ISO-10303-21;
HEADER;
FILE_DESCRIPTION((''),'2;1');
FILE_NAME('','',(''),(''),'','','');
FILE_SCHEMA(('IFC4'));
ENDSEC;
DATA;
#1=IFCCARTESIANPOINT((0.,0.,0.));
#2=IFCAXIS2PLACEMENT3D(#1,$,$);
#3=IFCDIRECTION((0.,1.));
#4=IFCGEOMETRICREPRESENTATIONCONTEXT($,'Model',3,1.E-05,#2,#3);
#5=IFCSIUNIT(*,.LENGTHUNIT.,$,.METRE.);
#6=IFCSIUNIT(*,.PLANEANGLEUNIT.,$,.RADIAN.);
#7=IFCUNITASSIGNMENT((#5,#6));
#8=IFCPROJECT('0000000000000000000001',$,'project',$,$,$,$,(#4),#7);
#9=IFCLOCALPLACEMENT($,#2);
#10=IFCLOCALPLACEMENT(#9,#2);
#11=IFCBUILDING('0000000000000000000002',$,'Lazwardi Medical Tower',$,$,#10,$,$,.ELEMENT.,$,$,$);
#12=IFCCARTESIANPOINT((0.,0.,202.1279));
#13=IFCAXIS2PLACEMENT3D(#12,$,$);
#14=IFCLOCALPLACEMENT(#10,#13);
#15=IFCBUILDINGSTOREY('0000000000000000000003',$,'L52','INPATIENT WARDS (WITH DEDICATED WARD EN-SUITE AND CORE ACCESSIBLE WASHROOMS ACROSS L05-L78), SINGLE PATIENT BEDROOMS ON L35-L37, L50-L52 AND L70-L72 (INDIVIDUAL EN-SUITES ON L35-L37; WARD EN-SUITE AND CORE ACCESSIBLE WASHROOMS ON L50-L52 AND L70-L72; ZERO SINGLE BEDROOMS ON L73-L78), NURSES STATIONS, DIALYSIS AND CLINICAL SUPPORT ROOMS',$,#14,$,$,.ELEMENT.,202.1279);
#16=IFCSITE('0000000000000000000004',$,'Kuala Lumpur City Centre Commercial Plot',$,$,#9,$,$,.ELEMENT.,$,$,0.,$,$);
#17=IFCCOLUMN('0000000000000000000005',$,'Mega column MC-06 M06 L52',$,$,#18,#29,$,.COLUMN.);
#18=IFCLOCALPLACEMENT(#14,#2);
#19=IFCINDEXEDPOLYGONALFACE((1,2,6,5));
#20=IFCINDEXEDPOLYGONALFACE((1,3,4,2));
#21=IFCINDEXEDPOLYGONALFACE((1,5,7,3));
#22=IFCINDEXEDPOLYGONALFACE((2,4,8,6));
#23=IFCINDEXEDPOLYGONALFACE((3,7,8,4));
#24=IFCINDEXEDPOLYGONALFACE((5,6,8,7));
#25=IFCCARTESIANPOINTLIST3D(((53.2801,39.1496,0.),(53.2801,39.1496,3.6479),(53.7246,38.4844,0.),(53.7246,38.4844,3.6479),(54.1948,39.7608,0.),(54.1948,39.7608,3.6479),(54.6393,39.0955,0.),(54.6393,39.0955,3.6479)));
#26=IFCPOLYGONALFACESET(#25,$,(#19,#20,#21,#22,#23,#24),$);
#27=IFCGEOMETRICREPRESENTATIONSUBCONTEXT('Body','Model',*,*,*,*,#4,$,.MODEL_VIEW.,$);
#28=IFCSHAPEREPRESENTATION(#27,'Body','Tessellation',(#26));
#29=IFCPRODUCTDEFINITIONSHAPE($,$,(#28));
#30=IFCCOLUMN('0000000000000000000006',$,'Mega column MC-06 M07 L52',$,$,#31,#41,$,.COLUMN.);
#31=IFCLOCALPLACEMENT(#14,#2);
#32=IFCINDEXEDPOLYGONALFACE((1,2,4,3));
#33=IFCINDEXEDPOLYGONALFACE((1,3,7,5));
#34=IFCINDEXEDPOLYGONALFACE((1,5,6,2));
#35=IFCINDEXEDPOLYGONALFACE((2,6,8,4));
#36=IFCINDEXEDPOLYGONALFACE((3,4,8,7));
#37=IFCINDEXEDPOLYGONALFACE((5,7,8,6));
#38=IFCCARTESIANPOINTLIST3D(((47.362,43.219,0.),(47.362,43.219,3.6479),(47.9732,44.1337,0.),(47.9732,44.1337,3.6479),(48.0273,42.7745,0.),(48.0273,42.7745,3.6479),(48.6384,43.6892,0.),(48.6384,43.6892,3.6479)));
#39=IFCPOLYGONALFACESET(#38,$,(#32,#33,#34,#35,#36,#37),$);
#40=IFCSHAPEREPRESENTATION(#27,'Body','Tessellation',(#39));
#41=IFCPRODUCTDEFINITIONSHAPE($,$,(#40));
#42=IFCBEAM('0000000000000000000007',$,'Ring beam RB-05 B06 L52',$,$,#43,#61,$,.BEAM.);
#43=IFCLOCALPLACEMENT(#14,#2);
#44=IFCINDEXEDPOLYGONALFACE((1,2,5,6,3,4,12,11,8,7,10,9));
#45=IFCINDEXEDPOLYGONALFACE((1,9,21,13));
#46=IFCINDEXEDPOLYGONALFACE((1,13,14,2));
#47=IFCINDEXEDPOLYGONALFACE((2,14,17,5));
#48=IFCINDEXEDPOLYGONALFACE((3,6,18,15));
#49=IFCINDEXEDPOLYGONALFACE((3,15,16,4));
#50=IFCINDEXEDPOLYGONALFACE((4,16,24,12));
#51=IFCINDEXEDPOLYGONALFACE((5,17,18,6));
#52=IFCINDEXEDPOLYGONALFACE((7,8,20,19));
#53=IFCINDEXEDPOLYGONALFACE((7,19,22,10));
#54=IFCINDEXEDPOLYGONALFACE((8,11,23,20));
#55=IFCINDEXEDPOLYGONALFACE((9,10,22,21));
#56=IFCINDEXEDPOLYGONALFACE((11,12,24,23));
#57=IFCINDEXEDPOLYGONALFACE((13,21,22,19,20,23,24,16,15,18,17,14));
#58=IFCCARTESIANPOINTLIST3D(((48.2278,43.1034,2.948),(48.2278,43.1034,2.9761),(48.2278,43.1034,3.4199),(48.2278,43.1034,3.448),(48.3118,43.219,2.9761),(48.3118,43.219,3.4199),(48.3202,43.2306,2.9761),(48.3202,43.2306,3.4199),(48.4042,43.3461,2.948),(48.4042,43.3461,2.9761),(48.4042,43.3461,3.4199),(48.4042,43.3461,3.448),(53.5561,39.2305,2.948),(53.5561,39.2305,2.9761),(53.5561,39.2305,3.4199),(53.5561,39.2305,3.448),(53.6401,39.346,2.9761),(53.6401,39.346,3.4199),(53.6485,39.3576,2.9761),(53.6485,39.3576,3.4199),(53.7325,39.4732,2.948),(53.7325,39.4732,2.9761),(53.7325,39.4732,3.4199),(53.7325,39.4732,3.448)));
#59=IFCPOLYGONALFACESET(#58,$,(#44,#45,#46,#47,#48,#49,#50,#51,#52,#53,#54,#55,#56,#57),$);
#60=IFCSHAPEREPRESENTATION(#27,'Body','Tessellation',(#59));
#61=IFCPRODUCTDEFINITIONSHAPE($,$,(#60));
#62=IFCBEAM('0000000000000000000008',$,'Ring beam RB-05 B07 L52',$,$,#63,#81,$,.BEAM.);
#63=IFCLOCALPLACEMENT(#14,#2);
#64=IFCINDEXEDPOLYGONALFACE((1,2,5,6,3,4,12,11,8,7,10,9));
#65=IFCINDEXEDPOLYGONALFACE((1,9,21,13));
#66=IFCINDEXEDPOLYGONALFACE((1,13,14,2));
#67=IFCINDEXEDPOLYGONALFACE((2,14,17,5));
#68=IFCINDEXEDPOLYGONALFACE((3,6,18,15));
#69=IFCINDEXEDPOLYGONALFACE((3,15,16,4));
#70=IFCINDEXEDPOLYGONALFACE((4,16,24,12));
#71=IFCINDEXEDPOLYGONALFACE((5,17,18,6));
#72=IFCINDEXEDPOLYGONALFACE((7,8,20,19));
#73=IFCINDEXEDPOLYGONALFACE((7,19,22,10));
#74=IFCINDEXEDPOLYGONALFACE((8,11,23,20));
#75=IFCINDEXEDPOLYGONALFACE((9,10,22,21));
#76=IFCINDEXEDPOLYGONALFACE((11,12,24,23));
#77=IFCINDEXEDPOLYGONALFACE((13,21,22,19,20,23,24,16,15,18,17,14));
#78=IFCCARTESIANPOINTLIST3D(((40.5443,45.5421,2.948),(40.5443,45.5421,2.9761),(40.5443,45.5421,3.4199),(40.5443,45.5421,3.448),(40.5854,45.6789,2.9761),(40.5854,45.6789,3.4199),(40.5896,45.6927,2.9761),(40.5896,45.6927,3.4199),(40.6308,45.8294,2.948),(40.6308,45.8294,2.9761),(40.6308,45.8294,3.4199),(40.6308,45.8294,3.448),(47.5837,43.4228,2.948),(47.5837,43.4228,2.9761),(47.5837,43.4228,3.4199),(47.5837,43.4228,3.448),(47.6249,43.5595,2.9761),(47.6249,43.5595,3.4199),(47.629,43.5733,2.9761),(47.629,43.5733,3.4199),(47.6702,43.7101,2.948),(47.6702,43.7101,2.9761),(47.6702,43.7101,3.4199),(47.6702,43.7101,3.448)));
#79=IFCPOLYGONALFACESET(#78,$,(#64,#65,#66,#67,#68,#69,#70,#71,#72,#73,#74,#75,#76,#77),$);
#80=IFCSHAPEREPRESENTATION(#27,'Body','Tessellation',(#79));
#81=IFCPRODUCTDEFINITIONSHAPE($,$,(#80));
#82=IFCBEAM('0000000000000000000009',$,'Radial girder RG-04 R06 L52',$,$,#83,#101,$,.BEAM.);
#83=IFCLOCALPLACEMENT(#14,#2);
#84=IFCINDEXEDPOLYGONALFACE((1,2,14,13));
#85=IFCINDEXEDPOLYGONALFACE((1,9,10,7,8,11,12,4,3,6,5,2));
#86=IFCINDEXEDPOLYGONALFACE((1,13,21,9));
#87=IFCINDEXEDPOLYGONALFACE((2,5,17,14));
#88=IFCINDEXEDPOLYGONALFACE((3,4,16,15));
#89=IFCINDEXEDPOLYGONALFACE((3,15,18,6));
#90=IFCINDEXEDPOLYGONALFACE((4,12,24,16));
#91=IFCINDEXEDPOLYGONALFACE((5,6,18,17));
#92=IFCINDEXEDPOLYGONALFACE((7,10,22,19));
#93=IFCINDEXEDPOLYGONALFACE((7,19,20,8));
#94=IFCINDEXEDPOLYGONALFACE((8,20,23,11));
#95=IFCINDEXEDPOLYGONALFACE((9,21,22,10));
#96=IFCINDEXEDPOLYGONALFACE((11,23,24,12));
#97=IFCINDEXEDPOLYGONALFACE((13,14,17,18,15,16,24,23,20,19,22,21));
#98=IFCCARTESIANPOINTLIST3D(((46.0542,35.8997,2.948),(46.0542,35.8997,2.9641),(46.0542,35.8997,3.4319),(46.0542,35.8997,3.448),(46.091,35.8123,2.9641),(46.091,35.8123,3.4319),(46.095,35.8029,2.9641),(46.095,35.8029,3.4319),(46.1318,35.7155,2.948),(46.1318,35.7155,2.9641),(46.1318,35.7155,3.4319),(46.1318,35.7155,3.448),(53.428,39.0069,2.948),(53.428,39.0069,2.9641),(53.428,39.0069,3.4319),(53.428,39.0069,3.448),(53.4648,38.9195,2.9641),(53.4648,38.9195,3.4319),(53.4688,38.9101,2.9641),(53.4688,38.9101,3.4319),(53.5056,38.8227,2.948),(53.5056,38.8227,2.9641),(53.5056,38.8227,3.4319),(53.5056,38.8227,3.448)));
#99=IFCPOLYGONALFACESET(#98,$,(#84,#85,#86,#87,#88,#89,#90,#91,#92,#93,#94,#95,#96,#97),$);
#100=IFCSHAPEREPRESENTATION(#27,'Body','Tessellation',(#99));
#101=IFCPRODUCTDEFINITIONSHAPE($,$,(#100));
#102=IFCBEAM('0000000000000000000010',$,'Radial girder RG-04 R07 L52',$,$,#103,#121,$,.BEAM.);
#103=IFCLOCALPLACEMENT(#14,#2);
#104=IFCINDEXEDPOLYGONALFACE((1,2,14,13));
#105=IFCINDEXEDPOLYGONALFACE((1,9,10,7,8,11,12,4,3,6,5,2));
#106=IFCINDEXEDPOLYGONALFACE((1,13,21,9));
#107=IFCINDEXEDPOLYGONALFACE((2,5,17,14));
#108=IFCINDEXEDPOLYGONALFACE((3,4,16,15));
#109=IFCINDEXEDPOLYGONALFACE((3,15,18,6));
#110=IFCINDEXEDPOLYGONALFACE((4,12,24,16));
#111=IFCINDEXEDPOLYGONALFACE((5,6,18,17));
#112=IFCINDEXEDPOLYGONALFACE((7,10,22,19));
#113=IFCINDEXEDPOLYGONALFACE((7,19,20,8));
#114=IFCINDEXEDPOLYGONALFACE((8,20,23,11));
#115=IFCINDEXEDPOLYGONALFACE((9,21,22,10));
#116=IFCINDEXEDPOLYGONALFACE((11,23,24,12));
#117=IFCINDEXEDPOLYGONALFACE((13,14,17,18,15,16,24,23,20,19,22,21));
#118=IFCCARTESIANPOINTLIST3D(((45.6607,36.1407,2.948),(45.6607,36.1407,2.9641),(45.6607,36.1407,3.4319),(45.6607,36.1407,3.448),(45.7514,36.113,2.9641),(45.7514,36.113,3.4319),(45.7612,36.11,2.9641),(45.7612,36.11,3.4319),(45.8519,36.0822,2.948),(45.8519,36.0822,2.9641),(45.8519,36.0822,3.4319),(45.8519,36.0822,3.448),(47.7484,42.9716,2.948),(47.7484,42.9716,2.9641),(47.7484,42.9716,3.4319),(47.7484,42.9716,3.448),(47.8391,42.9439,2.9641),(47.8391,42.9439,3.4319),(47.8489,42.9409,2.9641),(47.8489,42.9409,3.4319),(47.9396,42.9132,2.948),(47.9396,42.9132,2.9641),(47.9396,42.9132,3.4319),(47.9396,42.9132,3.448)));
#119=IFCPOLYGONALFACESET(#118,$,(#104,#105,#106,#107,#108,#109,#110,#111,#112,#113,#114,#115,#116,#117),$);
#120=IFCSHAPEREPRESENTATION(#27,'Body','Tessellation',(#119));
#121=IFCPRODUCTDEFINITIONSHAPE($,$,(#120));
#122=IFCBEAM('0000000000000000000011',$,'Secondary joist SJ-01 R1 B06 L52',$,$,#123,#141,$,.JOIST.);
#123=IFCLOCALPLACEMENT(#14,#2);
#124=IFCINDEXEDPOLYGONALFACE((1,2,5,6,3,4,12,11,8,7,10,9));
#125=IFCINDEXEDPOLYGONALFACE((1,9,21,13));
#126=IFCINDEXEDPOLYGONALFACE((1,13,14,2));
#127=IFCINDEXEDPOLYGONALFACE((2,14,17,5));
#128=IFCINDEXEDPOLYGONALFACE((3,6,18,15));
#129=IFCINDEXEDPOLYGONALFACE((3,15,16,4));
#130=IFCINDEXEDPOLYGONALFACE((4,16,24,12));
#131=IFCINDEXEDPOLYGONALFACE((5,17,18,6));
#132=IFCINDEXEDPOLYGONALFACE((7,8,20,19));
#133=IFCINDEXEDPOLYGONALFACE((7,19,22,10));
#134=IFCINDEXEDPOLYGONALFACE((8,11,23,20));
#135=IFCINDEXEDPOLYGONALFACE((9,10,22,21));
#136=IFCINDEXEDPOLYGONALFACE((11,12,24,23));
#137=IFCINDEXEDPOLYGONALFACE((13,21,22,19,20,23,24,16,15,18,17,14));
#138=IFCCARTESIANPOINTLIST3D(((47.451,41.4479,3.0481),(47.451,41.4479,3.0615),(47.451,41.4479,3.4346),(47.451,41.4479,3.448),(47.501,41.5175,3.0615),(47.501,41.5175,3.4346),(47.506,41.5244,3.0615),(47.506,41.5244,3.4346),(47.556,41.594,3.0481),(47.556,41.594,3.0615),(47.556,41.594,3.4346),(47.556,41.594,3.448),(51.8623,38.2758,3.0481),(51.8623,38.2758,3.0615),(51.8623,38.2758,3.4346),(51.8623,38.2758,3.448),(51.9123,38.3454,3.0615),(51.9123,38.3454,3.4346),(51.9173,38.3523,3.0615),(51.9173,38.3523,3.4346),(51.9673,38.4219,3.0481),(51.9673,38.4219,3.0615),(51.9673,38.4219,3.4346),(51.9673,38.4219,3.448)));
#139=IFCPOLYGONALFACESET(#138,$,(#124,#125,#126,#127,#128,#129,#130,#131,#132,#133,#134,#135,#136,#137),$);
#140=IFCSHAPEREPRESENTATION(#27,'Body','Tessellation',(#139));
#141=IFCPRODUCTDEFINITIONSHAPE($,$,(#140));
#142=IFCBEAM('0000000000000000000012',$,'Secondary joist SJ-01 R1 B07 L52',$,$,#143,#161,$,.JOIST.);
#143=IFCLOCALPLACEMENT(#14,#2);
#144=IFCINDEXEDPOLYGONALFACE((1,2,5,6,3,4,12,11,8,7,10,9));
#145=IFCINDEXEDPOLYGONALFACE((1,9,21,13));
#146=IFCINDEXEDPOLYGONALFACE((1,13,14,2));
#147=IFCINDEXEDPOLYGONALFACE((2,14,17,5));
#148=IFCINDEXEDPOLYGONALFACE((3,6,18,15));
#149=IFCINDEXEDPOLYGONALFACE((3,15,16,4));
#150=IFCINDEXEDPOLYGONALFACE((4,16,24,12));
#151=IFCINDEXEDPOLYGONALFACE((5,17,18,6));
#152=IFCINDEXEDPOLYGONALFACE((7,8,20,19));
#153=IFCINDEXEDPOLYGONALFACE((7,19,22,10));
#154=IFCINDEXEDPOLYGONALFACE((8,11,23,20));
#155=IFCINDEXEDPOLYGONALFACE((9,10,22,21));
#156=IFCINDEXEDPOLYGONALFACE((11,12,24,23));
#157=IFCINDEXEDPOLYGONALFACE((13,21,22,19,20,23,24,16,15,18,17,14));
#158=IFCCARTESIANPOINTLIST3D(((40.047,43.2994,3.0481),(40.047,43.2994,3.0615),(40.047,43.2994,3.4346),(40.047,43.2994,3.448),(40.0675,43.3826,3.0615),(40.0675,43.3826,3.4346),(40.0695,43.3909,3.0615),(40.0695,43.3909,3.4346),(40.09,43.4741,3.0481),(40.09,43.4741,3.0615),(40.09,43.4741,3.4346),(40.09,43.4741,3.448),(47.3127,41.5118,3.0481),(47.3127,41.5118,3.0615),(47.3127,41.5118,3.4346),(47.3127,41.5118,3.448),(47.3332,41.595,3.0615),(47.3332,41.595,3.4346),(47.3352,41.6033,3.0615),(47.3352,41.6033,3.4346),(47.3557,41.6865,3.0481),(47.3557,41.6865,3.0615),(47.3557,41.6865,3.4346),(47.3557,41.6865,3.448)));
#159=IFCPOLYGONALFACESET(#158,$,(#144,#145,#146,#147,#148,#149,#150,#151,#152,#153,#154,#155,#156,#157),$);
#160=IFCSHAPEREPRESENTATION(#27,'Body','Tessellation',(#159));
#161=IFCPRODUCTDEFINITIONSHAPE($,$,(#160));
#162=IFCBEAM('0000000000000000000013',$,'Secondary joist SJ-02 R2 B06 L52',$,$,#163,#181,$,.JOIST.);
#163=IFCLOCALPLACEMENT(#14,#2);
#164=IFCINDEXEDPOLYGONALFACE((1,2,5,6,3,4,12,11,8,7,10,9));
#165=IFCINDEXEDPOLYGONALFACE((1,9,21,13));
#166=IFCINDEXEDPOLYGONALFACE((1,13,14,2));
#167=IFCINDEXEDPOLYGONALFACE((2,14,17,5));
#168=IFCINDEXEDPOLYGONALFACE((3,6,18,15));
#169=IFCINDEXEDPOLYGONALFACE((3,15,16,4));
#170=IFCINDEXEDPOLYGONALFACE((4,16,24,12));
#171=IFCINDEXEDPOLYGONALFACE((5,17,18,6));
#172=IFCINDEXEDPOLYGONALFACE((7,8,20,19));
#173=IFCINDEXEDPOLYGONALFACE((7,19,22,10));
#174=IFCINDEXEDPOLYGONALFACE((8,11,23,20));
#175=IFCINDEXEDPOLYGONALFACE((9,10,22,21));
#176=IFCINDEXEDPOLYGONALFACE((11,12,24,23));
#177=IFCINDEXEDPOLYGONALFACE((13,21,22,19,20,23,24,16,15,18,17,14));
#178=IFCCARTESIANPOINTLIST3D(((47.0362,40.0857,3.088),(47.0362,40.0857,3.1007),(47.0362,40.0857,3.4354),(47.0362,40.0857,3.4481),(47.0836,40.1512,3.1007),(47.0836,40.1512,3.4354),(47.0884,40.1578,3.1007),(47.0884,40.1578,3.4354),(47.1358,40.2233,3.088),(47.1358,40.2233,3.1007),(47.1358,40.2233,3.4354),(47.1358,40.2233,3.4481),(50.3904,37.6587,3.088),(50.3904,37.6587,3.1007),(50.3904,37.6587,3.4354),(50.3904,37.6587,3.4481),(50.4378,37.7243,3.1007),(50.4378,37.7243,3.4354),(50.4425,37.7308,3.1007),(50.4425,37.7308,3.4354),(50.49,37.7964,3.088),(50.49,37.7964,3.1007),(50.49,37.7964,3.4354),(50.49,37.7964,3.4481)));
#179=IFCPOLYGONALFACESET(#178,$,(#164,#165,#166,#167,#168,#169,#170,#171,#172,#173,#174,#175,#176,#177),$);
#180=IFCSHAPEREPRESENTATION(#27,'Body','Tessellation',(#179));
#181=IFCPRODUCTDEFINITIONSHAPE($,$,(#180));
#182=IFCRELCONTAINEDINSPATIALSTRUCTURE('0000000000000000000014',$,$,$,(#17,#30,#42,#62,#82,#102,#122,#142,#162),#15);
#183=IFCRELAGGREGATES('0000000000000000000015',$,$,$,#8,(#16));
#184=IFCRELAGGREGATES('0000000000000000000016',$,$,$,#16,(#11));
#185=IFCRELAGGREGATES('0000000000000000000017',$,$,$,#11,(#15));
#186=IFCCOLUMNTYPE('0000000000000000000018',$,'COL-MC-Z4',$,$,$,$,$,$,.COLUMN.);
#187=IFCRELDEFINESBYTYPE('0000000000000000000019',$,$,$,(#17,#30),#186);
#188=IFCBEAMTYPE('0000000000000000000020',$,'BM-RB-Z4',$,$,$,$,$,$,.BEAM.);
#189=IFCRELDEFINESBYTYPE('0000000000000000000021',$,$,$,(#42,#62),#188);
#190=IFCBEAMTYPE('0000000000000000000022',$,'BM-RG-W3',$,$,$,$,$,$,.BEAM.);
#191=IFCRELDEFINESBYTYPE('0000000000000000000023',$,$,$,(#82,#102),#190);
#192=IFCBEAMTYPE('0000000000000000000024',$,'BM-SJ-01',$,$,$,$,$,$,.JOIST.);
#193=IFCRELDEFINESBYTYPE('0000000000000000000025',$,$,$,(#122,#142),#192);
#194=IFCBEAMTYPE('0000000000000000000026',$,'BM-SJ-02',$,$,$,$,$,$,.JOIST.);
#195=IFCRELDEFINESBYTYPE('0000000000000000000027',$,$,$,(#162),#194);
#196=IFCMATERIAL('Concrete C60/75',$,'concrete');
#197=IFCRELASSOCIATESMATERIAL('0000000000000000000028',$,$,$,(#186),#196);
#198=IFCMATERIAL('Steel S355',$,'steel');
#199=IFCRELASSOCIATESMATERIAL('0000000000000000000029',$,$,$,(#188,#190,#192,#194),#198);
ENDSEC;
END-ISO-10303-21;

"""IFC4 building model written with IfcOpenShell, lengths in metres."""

from ifc_helpers import new_model, si_unit, direction, frame, origin, origin_2d, place, context, subcontext, project, spatial, rectangle, i_section, extrude, material, material_profile, profile_set, type_object, element, save


model = new_model("IFC4")

# Units and contexts
model_context = context("Model", 3, precision=1e-05, world=origin(), true_north=direction((0.0, 1.0)))
body_context = subcontext(model_context, "Body", "Model", "MODEL_VIEW")
ifc_project = project(units=[si_unit("LENGTHUNIT", "METRE"), si_unit("PLANEANGLEUNIT", "RADIAN")], contexts=[model_context])

# Site, building, storey
site_placement = place(None, origin())
site = spatial("IfcSite", under=ifc_project, at=site_placement, Name="Kuala Lumpur City Centre Commercial Plot", CompositionType="ELEMENT", RefElevation=0.0)
building_placement = place(site_placement, origin())
building = spatial("IfcBuilding", under=site, at=building_placement, Name="Lazwardi Medical Tower", CompositionType="ELEMENT")
storey_placement = place(building_placement, frame((0.0, 0.0, 202.1279)))
storey = spatial("IfcBuildingStorey", under=building, at=storey_placement, Name="L52", Description="INPATIENT WARDS (WITH DEDICATED WARD EN-SUITE AND CORE ACCESSIBLE WASHROOMS ACROSS L05-L78), SINGLE PATIENT BEDROOMS ON L35-L37, L50-L52 AND L70-L72 (INDIVIDUAL EN-SUITES ON L35-L37; WARD EN-SUITE AND CORE ACCESSIBLE WASHROOMS ON L50-L52 AND L70-L72; ZERO SINGLE BEDROOMS ON L73-L78), NURSES STATIONS, DIALYSIS AND CLINICAL SUPPORT ROOMS", CompositionType="ELEMENT", Elevation=202.1279)

# Columns
ifc_material_1 = material(Name="Concrete C60/75", Category="concrete")
ifc_material_profile_1 = material_profile(ifc_material_1, rectangle(XDim=1.1001, YDim=0.8, at=origin_2d()), Name="CFT-RECT 1100x800")
ifc_profile_set_1 = profile_set([ifc_material_profile_1], Name="Concrete C60/75")
column_type = type_object("IfcColumnType", Name="COL-MC-Z4", PredefinedType="COLUMN", material=ifc_profile_set_1)
for number, where, z_axis, x_axis, name in (
    (1, (53.9597, 39.1226, 0.0), (0.0, 0.0, 1.0), (0.83147, 0.55557, 0.0), "Mega column MC-06 M06 L52"),
    (2, (48.0002, 43.4541, 0.0), (0.0, 0.0, 1.0), (0.55557, 0.83147, 0.0), "Mega column MC-06 M07 L52"),
):
    element("IfcColumn", number, at=place(storey_placement, frame(where, z_axis=z_axis, x_axis=x_axis)), inside=storey, type_object=column_type, Name=name, PredefinedType="COLUMN", context=body_context, shape_type="SweptSolid", body=[
        extrude(rectangle(XDim=1.1001, YDim=0.8, at=origin_2d()), origin(), (0.0, 0.0, 1.0), 3.6479),
    ])

# Beams
ifc_material_2 = material(Name="Steel S355", Category="steel")
ifc_material_profile_2 = material_profile(ifc_material_2, i_section(OverallWidth=0.3, OverallDepth=0.5, WebThickness=0.0144, FlangeThickness=0.0281, at=origin_2d()), Name="HEB 500")
ifc_profile_set_2 = profile_set([ifc_material_profile_2], Name="Steel S355")
beam_type_1 = type_object("IfcBeamType", Name="BM-RB-Z4", PredefinedType="BEAM", material=ifc_profile_set_2)
beam_1_placement = place(storey_placement, frame((53.6443, 39.3518, 3.198), z_axis=(-0.80889, 0.58796, 0.0), x_axis=(-0.58796, -0.80889, 0.0)))
element("IfcBeam", 3, at=beam_1_placement, inside=storey, type_object=beam_type_1, Name="Ring beam RB-05 B06 L52", PredefinedType="BEAM", context=body_context, shape_type="SweptSolid", body=[
    extrude(i_section(OverallWidth=0.3, OverallDepth=0.5, WebThickness=0.0144, FlangeThickness=0.0281, at=origin_2d()), origin(), (0.0, 0.0, 1.0), 6.5872),
])
beam_2_placement = place(storey_placement, frame((47.627, 43.5664, 3.198), z_axis=(-0.957544, 0.288286, 0.0), x_axis=(-0.288286, -0.957544, 0.0)))
element("IfcBeam", 4, at=beam_2_placement, inside=storey, type_object=beam_type_1, Name="Ring beam RB-05 B07 L52", PredefinedType="BEAM", context=body_context, shape_type="SweptSolid", body=[
    extrude(i_section(OverallWidth=0.3, OverallDepth=0.5, WebThickness=0.0144, FlangeThickness=0.0281, at=origin_2d()), origin(), (0.0, 0.0, 1.0), 7.3516),
])
ifc_material_profile_3 = material_profile(ifc_material_2, i_section(OverallWidth=0.2, OverallDepth=0.5, WebThickness=0.0103, FlangeThickness=0.0161, at=origin_2d()), Name="IPE 500")
ifc_profile_set_3 = profile_set([ifc_material_profile_3], Name="Steel S355")
beam_type_2 = type_object("IfcBeamType", Name="BM-RG-W3", PredefinedType="BEAM", material=ifc_profile_set_3)
beam_3_placement = place(storey_placement, frame((53.4668, 38.9148, 3.198), z_axis=(-0.921527, -0.388315, 0.0), x_axis=(0.388315, -0.921527, 0.0)))
element("IfcBeam", 5, at=beam_3_placement, inside=storey, type_object=beam_type_2, Name="Radial girder RG-04 R06 L52", PredefinedType="BEAM", context=body_context, shape_type="SweptSolid", body=[
    extrude(i_section(OverallWidth=0.2, OverallDepth=0.5, WebThickness=0.0103, FlangeThickness=0.0161, at=origin_2d()), origin(), (0.0, 0.0, 1.0), 8.0017),
])
beam_4_placement = place(storey_placement, frame((47.844, 42.9424, 3.198), z_axis=(-0.292277, -0.956334, 0.0), x_axis=(0.956334, -0.292277, 0.0)))
element("IfcBeam", 6, at=beam_4_placement, inside=storey, type_object=beam_type_2, Name="Radial girder RG-04 R07 L52", PredefinedType="BEAM", context=body_context, shape_type="SweptSolid", body=[
    extrude(i_section(OverallWidth=0.2, OverallDepth=0.5, WebThickness=0.0103, FlangeThickness=0.0161, at=origin_2d()), origin(), (0.0, 0.0, 1.0), 7.1428),
])
ifc_material_profile_4 = material_profile(ifc_material_2, i_section(OverallWidth=0.1799, OverallDepth=0.3999, WebThickness=0.0085, FlangeThickness=0.0134, at=origin_2d()), Name="IPE 400")
ifc_profile_set_4 = profile_set([ifc_material_profile_4], Name="Steel S355")
beam_type_3 = type_object("IfcBeamType", Name="BM-SJ-01", PredefinedType="JOIST", material=ifc_profile_set_4)
beam_5_placement = place(storey_placement, frame((51.9148, 38.3489, 3.248), z_axis=(-0.81189, 0.583811, 0.0), x_axis=(-0.583811, -0.81189, 0.0)))
element("IfcBeam", 7, at=beam_5_placement, inside=storey, type_object=beam_type_3, Name="Secondary joist SJ-01 R1 B06 L52", PredefinedType="JOIST", context=body_context, shape_type="SweptSolid", body=[
    extrude(i_section(OverallWidth=0.1799, OverallDepth=0.3999, WebThickness=0.0085, FlangeThickness=0.0134, at=origin_2d()), origin(), (0.0, 0.0, 1.0), 5.4333),
])
beam_6_placement = place(storey_placement, frame((47.3342, 41.5991, 3.248), z_axis=(-0.971042, 0.23891, 0.0), x_axis=(-0.23891, -0.971042, 0.0)))
element("IfcBeam", 8, at=beam_6_placement, inside=storey, type_object=beam_type_3, Name="Secondary joist SJ-01 R1 B07 L52", PredefinedType="JOIST", context=body_context, shape_type="SweptSolid", body=[
    extrude(i_section(OverallWidth=0.1799, OverallDepth=0.3999, WebThickness=0.0085, FlangeThickness=0.0134, at=origin_2d()), origin(), (0.0, 0.0, 1.0), 7.4824),
])
ifc_material_profile_5 = material_profile(ifc_material_2, i_section(OverallWidth=0.1699, OverallDepth=0.3601, WebThickness=0.0081, FlangeThickness=0.0127, at=origin_2d()), Name="IPE 360")
ifc_profile_set_5 = profile_set([ifc_material_profile_5], Name="Steel S355")
beam_type_4 = type_object("IfcBeamType", Name="BM-SJ-02", PredefinedType="JOIST", material=ifc_profile_set_5)
beam_7_placement = place(storey_placement, frame((50.4402, 37.7275, 3.2681), z_axis=(-0.810164, 0.586203, 0.0), x_axis=(-0.586203, -0.810164, 0.0)))
element("IfcBeam", 9, at=beam_7_placement, inside=storey, type_object=beam_type_4, Name="Secondary joist SJ-02 R2 B06 L52", PredefinedType="JOIST", context=body_context, shape_type="SweptSolid", body=[
    extrude(i_section(OverallWidth=0.1699, OverallDepth=0.3601, WebThickness=0.0081, FlangeThickness=0.0127, at=origin_2d()), origin(), (0.0, 0.0, 1.0), 4.1401),
])

save(model, "model.ifc")
